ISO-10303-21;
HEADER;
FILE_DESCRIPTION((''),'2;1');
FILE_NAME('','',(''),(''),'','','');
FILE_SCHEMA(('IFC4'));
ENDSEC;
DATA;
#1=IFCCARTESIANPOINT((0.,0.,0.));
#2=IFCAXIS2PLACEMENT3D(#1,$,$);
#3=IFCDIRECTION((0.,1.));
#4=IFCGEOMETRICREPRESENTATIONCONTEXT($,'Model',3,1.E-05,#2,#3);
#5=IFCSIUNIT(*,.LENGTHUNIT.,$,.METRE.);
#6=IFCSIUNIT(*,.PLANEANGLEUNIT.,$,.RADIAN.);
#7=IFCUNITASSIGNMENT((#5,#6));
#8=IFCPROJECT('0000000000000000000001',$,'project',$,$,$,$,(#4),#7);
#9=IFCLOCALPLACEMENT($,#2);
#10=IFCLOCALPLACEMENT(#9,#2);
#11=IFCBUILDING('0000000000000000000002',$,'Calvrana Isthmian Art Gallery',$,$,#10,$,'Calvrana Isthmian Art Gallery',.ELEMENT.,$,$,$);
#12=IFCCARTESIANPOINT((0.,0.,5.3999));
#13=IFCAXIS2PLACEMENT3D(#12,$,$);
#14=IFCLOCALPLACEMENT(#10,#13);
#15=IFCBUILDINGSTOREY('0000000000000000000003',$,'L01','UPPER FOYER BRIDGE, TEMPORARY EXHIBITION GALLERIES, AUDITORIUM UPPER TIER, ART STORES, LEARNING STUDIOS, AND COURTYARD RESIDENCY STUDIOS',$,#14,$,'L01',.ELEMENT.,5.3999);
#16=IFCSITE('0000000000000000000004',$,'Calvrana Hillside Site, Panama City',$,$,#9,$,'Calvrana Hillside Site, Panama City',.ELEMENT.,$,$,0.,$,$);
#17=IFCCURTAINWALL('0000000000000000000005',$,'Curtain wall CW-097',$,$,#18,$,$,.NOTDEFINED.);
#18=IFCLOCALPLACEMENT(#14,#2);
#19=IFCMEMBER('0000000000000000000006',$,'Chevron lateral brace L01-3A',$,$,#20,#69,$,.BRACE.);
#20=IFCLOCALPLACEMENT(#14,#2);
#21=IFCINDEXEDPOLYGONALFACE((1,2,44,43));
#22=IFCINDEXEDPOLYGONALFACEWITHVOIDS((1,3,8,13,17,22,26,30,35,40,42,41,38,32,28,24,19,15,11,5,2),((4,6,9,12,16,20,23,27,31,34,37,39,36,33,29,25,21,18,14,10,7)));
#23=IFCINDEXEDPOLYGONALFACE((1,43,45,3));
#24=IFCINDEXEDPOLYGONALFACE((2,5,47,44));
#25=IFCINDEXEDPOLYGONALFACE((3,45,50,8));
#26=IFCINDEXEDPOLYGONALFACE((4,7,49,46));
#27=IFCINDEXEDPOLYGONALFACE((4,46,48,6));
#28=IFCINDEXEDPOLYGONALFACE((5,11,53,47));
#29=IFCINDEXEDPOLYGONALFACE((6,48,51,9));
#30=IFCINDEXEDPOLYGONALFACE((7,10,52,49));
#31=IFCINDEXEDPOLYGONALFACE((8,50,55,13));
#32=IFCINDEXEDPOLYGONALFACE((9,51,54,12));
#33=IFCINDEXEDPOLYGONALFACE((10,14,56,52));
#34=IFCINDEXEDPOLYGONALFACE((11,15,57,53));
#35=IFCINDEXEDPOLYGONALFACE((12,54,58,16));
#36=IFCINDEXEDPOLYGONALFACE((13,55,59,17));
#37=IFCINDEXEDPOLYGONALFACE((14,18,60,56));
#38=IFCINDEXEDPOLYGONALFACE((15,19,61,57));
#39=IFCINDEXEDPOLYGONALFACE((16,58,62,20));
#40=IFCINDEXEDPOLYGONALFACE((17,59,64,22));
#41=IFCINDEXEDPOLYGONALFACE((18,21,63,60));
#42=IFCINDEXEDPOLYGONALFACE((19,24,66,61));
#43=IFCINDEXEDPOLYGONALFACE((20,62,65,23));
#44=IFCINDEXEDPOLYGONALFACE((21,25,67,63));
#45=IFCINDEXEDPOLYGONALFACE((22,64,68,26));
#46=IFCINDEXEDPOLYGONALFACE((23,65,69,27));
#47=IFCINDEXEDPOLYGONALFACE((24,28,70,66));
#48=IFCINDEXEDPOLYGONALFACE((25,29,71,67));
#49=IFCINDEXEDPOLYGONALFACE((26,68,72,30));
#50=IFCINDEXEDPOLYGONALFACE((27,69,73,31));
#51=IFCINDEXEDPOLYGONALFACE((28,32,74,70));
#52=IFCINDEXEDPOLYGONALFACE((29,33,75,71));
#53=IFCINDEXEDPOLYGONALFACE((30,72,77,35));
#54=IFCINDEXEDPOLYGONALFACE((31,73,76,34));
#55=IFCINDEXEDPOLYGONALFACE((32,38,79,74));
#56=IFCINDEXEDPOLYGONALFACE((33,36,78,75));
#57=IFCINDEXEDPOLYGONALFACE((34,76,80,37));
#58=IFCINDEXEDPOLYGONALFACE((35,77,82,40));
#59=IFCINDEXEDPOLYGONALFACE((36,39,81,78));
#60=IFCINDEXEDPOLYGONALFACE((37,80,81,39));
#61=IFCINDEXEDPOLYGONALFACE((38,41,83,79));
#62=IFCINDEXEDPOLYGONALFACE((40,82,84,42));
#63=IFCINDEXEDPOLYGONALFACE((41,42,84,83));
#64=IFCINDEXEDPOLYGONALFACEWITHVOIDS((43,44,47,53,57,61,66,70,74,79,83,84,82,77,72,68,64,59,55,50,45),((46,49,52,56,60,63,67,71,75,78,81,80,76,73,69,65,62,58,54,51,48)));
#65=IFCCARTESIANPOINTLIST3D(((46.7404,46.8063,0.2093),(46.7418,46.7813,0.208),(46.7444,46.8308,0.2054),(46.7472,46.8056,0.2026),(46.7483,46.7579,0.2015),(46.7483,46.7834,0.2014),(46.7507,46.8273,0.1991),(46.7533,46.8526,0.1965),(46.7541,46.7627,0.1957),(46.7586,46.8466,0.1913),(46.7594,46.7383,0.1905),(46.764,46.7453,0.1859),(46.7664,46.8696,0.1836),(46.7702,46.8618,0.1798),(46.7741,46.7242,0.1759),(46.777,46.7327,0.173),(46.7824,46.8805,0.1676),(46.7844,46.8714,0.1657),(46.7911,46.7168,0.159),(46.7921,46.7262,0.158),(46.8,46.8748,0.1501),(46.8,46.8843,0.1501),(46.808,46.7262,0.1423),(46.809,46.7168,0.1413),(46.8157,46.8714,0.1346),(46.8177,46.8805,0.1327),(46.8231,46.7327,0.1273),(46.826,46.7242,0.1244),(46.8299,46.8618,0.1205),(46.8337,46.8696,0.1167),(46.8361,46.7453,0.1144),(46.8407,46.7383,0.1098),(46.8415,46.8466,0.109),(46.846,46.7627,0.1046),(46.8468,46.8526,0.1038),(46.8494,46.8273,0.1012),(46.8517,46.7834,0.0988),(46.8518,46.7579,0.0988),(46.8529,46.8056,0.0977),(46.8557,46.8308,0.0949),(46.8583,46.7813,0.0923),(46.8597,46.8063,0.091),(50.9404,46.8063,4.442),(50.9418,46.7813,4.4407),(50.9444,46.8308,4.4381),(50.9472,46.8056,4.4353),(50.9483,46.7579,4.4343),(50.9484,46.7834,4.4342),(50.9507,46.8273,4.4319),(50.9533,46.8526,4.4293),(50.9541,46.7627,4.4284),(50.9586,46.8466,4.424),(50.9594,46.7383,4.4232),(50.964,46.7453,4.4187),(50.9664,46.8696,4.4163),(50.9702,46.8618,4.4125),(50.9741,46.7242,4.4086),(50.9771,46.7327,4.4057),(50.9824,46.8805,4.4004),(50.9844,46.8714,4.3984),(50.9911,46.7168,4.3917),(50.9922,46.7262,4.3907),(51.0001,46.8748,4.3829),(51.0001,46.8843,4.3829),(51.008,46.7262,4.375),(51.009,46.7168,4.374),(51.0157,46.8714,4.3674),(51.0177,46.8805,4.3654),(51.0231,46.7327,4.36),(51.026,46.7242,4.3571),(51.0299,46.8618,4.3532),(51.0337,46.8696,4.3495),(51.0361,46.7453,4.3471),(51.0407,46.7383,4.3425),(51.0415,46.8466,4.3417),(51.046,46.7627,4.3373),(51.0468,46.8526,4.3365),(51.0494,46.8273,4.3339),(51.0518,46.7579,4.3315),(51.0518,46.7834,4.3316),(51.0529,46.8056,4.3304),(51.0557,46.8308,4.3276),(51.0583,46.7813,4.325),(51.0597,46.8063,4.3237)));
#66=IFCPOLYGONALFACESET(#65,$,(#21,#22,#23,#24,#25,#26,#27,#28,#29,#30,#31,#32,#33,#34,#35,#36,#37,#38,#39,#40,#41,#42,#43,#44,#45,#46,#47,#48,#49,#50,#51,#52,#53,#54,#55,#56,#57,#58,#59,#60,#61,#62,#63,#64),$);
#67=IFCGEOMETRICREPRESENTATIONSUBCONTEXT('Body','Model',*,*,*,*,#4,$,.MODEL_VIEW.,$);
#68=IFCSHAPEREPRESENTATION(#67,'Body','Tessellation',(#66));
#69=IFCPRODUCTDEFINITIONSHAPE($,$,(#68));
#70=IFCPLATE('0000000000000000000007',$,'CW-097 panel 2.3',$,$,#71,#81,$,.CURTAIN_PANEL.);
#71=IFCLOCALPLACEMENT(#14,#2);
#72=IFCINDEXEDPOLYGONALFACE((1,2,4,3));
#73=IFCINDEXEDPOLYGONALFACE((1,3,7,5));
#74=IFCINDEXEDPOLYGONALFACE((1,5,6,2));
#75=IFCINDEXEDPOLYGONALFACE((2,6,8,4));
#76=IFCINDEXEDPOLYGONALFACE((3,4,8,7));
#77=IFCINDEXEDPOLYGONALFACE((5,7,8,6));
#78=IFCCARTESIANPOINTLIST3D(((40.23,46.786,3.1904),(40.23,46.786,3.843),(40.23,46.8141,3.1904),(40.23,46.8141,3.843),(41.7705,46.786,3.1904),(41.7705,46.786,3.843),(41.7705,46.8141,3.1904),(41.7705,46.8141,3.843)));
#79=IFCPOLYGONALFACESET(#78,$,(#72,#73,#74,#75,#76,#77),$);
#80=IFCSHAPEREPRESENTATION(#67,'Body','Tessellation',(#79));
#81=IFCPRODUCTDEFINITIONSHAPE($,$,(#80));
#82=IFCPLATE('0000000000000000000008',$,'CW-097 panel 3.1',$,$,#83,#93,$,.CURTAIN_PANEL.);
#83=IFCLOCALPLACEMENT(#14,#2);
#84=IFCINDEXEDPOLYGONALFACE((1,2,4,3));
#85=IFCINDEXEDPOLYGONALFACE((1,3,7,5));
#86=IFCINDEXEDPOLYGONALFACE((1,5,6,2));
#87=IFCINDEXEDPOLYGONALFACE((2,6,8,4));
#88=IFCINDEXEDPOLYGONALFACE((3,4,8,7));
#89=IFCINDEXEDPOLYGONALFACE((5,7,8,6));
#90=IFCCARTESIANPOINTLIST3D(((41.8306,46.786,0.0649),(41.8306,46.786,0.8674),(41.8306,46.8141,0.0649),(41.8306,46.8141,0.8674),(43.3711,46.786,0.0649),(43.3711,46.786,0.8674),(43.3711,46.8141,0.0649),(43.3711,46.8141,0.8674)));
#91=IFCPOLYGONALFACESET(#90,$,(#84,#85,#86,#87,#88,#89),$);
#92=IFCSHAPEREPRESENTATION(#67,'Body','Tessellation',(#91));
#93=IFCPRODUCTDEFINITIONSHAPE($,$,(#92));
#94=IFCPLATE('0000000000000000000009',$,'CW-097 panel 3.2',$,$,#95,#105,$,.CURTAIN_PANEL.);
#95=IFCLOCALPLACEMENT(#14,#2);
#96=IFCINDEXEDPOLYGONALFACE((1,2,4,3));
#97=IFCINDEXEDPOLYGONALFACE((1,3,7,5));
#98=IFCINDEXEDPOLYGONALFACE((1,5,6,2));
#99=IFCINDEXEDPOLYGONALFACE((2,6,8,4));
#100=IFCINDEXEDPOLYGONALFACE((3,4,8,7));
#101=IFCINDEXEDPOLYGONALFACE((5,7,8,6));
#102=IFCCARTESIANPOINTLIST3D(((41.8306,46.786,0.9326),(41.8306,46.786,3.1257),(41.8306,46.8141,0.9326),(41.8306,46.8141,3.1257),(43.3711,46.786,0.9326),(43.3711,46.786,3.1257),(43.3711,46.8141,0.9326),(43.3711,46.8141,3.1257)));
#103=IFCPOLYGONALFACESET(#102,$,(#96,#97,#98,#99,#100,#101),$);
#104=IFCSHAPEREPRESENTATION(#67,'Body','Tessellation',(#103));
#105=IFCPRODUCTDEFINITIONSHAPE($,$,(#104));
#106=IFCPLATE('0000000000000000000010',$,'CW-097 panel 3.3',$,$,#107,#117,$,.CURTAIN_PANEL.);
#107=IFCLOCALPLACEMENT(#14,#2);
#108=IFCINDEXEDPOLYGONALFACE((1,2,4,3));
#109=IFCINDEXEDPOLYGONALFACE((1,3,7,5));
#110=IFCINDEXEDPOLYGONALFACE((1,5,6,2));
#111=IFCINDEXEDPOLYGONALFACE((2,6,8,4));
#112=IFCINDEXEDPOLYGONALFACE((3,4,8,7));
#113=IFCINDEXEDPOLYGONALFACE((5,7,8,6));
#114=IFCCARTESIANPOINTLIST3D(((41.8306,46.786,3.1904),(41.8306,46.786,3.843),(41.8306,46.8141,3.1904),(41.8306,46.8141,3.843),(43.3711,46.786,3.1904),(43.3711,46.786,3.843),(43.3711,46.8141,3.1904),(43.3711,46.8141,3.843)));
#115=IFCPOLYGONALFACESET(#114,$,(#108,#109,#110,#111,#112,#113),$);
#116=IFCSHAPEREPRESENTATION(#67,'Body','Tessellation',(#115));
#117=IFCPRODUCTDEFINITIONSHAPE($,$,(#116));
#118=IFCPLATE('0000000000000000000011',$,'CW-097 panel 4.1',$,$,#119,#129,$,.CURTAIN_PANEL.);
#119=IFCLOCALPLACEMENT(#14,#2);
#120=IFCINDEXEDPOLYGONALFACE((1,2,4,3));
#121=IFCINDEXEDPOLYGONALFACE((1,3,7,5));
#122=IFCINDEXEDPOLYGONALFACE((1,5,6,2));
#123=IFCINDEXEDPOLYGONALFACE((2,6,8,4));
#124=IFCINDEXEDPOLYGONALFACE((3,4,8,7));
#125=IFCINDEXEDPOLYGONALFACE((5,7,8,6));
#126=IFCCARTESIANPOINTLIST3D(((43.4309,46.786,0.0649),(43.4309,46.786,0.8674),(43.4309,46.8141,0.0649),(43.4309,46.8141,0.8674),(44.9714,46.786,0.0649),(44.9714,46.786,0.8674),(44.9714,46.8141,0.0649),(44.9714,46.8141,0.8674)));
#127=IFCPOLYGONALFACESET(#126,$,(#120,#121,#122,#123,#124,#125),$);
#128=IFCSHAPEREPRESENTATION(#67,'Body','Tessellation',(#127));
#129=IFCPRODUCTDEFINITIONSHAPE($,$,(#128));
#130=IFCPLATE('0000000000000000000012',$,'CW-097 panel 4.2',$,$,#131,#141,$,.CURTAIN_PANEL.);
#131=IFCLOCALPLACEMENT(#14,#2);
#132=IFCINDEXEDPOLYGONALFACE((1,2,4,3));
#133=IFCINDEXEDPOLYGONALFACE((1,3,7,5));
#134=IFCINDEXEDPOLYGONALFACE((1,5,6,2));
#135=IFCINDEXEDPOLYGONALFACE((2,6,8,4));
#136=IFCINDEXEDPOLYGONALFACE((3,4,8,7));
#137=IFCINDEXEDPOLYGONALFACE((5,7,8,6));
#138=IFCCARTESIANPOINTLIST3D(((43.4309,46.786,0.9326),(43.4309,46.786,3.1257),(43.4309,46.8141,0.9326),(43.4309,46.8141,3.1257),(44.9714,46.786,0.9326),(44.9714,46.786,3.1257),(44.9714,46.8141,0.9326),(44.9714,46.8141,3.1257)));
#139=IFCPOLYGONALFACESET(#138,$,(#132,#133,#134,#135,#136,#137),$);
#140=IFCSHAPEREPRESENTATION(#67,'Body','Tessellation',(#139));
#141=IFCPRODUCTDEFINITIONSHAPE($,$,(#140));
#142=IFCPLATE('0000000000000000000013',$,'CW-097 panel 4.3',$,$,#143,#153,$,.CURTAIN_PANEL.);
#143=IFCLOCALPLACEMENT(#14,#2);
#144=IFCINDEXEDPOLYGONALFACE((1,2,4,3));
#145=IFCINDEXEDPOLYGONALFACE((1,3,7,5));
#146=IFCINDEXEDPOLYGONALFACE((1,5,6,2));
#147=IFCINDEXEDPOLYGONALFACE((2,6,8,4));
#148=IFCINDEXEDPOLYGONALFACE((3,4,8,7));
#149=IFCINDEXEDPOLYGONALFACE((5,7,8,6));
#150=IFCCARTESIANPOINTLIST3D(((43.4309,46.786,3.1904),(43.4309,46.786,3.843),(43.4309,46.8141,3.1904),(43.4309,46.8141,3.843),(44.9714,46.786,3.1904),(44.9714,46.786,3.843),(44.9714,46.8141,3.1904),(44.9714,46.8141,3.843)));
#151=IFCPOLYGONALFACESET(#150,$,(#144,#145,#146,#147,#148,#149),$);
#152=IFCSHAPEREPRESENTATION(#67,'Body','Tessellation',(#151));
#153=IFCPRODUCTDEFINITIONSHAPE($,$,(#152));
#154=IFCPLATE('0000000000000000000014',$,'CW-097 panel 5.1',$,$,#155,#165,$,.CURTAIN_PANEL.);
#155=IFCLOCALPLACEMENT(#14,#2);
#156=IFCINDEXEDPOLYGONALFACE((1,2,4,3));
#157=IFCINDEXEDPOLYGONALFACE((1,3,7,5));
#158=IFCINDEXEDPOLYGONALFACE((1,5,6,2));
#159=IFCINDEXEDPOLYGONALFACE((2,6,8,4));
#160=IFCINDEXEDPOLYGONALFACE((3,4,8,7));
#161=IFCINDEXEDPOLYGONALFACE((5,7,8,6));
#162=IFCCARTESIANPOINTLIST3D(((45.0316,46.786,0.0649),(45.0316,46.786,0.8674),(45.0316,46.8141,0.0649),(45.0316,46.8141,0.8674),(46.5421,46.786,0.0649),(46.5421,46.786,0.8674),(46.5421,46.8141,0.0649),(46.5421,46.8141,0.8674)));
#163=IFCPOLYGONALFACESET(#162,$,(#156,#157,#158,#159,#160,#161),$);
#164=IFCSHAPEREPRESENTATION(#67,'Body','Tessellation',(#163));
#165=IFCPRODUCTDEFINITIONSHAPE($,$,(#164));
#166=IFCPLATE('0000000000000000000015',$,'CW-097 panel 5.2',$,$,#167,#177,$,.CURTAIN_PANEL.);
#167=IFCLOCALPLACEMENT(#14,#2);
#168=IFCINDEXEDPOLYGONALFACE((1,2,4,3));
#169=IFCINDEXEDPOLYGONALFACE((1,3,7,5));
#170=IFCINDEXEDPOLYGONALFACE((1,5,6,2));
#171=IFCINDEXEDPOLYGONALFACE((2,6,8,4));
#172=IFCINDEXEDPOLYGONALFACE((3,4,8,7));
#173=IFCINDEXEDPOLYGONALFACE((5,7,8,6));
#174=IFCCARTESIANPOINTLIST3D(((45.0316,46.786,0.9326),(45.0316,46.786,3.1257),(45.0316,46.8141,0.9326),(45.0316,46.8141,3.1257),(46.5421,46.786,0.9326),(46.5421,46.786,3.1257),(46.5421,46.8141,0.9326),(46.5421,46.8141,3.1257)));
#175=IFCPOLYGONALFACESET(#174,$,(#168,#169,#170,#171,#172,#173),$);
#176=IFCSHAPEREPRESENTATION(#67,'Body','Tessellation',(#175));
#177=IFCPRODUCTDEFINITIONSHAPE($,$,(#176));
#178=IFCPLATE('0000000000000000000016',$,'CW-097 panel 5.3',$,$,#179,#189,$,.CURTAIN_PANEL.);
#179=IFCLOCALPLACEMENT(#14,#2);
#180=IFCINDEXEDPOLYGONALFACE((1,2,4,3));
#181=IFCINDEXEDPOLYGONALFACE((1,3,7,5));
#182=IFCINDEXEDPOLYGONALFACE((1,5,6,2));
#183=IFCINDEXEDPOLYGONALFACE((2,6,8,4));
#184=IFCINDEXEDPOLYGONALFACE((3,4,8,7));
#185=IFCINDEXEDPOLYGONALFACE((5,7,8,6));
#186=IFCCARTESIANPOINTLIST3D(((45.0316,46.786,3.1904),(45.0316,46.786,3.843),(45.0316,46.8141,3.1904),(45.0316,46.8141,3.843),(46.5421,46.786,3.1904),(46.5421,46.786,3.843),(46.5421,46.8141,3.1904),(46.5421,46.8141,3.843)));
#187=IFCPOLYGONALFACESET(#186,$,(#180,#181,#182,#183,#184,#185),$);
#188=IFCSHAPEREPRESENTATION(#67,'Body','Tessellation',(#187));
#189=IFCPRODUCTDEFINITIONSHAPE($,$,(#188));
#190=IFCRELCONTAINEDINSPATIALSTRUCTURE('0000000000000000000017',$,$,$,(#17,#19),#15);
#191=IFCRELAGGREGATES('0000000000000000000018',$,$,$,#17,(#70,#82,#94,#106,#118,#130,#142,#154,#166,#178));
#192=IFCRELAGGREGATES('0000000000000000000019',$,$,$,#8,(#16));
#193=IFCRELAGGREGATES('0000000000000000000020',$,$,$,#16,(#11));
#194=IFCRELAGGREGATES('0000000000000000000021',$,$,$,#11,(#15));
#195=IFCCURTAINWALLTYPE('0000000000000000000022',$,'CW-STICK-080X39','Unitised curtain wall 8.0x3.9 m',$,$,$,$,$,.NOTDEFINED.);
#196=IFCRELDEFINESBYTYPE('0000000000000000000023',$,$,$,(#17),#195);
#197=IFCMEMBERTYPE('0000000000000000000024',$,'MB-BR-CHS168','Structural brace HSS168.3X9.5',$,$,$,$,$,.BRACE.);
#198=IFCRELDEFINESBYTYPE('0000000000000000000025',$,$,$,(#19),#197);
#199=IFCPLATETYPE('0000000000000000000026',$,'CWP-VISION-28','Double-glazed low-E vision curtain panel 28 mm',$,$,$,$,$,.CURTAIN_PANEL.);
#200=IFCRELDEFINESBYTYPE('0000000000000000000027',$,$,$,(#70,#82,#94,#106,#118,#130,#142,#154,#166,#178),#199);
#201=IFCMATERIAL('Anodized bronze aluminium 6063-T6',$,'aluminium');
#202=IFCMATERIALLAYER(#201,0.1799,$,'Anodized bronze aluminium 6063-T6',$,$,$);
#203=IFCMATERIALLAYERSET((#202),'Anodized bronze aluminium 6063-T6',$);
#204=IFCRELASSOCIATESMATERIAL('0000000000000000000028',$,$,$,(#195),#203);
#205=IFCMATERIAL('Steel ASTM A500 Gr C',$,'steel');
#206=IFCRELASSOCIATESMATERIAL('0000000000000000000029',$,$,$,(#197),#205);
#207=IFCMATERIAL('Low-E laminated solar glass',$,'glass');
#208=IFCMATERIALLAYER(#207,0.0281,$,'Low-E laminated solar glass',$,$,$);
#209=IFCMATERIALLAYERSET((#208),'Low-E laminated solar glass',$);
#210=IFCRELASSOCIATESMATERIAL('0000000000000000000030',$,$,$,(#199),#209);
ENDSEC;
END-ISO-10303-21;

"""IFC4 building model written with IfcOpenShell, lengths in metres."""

from ifc_helpers import new_model, si_unit, direction, frame, origin, origin_2d, place, context, subcontext, project, spatial, rectangle, hollow_circle, extrude, material, layer, layer_set, material_profile, profile_set, type_object, element, aggregate, save


model = new_model("IFC4")

# Units and contexts
model_context = context("Model", 3, precision=1e-05, world=origin(), true_north=direction((0.0, 1.0)))
body_context = subcontext(model_context, "Body", "Model", "MODEL_VIEW")
ifc_project = project(units=[si_unit("LENGTHUNIT", "METRE"), si_unit("PLANEANGLEUNIT", "RADIAN")], contexts=[model_context])

# Site, building, storey
site_placement = place(None, origin())
site = spatial("IfcSite", under=ifc_project, at=site_placement, Name="Calvrana Hillside Site, Panama City", LongName="Calvrana Hillside Site, Panama City", CompositionType="ELEMENT", RefElevation=0.0)
building_placement = place(site_placement, origin())
building = spatial("IfcBuilding", under=site, at=building_placement, Name="Calvrana Isthmian Art Gallery", LongName="Calvrana Isthmian Art Gallery", CompositionType="ELEMENT")
storey_placement = place(building_placement, frame((0.0, 0.0, 5.3999)))
storey = spatial("IfcBuildingStorey", under=building, at=storey_placement, Name="L01", Description="UPPER FOYER BRIDGE, TEMPORARY EXHIBITION GALLERIES, AUDITORIUM UPPER TIER, ART STORES, LEARNING STUDIOS, AND COURTYARD RESIDENCY STUDIOS", LongName="L01", CompositionType="ELEMENT", Elevation=5.3999)

# Curtain wall
ifc_material_1 = material(Name="Anodized bronze aluminium 6063-T6", Category="aluminium")
ifc_layer_1 = layer(ifc_material_1, 0.1799, Name="Anodized bronze aluminium 6063-T6")
ifc_layer_set_1 = layer_set([ifc_layer_1], Name="Anodized bronze aluminium 6063-T6")
curtain_wall_type = type_object("IfcCurtainWallType", Name="CW-STICK-080X39", Description="Unitised curtain wall 8.0x3.9 m", PredefinedType="NOTDEFINED", material=ifc_layer_set_1)
curtain_wall_placement = place(storey_placement, origin())
curtain_wall = element("IfcCurtainWall", 1, at=curtain_wall_placement, inside=storey, type_object=curtain_wall_type, Name="Curtain wall CW-097", PredefinedType="NOTDEFINED")

# Member
ifc_material_2 = material(Name="Steel ASTM A500 Gr C", Category="steel")
ifc_material_profile_1 = material_profile(ifc_material_2, hollow_circle(Radius=0.0842, WallThickness=0.0095, at=origin_2d()), Name="HSS168.3X9.5")
ifc_profile_set_1 = profile_set([ifc_material_profile_1], Name="Steel ASTM A500 Gr C")
member_type_1 = type_object("IfcMemberType", Name="MB-BR-CHS168", Description="Structural brace HSS168.3X9.5", PredefinedType="BRACE", material=ifc_profile_set_1)
member_1_placement = place(storey_placement, frame((46.8, 46.8, 0.1501), z_axis=(0.704358, 0.0, 0.709845), x_axis=(0.0, 1.0, 0.0)))
element("IfcMember", 2, at=member_1_placement, inside=storey, type_object=member_type_1, Name="Chevron lateral brace L01-3A", PredefinedType="BRACE", context=body_context, shape_type="SweptSolid", body=[
    extrude(hollow_circle(Radius=0.0842, WallThickness=0.0095, at=origin_2d()), origin(), (0.0, 0.0, 1.0), 5.9629),
])

# Plates
ifc_material_3 = material(Name="Low-E laminated solar glass", Category="glass")
ifc_layer_2 = layer(ifc_material_3, 0.0281, Name="Low-E laminated solar glass")
ifc_layer_set_2 = layer_set([ifc_layer_2], Name="Low-E laminated solar glass")
plate_type_1 = type_object("IfcPlateType", Name="CWP-VISION-28", Description="Double-glazed low-E vision curtain panel 28 mm", PredefinedType="CURTAIN_PANEL", material=ifc_layer_set_2)
plate_1_placement = place(storey_placement, frame((41.0002, 46.8, 3.1904), z_axis=(0.0, 0.0, 1.0), x_axis=(1.0, 0.0, 0.0)))
plate_1 = element("IfcPlate", 3, at=plate_1_placement, type_object=plate_type_1, Name="CW-097 panel 2.3", PredefinedType="CURTAIN_PANEL", context=body_context, shape_type="SweptSolid", body=[
    extrude(rectangle(XDim=1.5405, YDim=0.0281, at=origin_2d()), origin(), (0.0, 0.0, 1.0), 0.6526),
])
plate_2_placement = place(storey_placement, frame((42.6008, 46.8, 0.0649), z_axis=(0.0, 0.0, 1.0), x_axis=(1.0, 0.0, 0.0)))
plate_2 = element("IfcPlate", 4, at=plate_2_placement, type_object=plate_type_1, Name="CW-097 panel 3.1", PredefinedType="CURTAIN_PANEL", context=body_context, shape_type="SweptSolid", body=[
    extrude(rectangle(XDim=1.5405, YDim=0.0281, at=origin_2d()), origin(), (0.0, 0.0, 1.0), 0.8025),
])
plate_3_placement = place(storey_placement, frame((42.6008, 46.8, 0.9326), z_axis=(0.0, 0.0, 1.0), x_axis=(1.0, 0.0, 0.0)))
plate_3 = element("IfcPlate", 5, at=plate_3_placement, type_object=plate_type_1, Name="CW-097 panel 3.2", PredefinedType="CURTAIN_PANEL", context=body_context, shape_type="SweptSolid", body=[
    extrude(rectangle(XDim=1.5405, YDim=0.0281, at=origin_2d()), origin(), (0.0, 0.0, 1.0), 2.1931),
])
plate_4_placement = place(storey_placement, frame((42.6008, 46.8, 3.1904), z_axis=(0.0, 0.0, 1.0), x_axis=(1.0, 0.0, 0.0)))
plate_4 = element("IfcPlate", 6, at=plate_4_placement, type_object=plate_type_1, Name="CW-097 panel 3.3", PredefinedType="CURTAIN_PANEL", context=body_context, shape_type="SweptSolid", body=[
    extrude(rectangle(XDim=1.5405, YDim=0.0281, at=origin_2d()), origin(), (0.0, 0.0, 1.0), 0.6526),
])
plate_5_placement = place(storey_placement, frame((44.2012, 46.8, 0.0649), z_axis=(0.0, 0.0, 1.0), x_axis=(1.0, 0.0, 0.0)))
plate_5 = element("IfcPlate", 7, at=plate_5_placement, type_object=plate_type_1, Name="CW-097 panel 4.1", PredefinedType="CURTAIN_PANEL", context=body_context, shape_type="SweptSolid", body=[
    extrude(rectangle(XDim=1.5405, YDim=0.0281, at=origin_2d()), origin(), (0.0, 0.0, 1.0), 0.8025),
])
plate_6_placement = place(storey_placement, frame((44.2012, 46.8, 0.9326), z_axis=(0.0, 0.0, 1.0), x_axis=(1.0, 0.0, 0.0)))
plate_6 = element("IfcPlate", 8, at=plate_6_placement, type_object=plate_type_1, Name="CW-097 panel 4.2", PredefinedType="CURTAIN_PANEL", context=body_context, shape_type="SweptSolid", body=[
    extrude(rectangle(XDim=1.5405, YDim=0.0281, at=origin_2d()), origin(), (0.0, 0.0, 1.0), 2.1931),
])
plate_7_placement = place(storey_placement, frame((44.2012, 46.8, 3.1904), z_axis=(0.0, 0.0, 1.0), x_axis=(1.0, 0.0, 0.0)))
plate_7 = element("IfcPlate", 9, at=plate_7_placement, type_object=plate_type_1, Name="CW-097 panel 4.3", PredefinedType="CURTAIN_PANEL", context=body_context, shape_type="SweptSolid", body=[
    extrude(rectangle(XDim=1.5405, YDim=0.0281, at=origin_2d()), origin(), (0.0, 0.0, 1.0), 0.6526),
])
plate_8_placement = place(storey_placement, frame((45.7869, 46.8, 0.0649), z_axis=(0.0, 0.0, 1.0), x_axis=(1.0, 0.0, 0.0)))
plate_8 = element("IfcPlate", 10, at=plate_8_placement, type_object=plate_type_1, Name="CW-097 panel 5.1", PredefinedType="CURTAIN_PANEL", context=body_context, shape_type="SweptSolid", body=[
    extrude(rectangle(XDim=1.5105, YDim=0.0281, at=origin_2d()), origin(), (0.0, 0.0, 1.0), 0.8025),
])
plate_9_placement = place(storey_placement, frame((45.7869, 46.8, 0.9326), z_axis=(0.0, 0.0, 1.0), x_axis=(1.0, 0.0, 0.0)))
plate_9 = element("IfcPlate", 11, at=plate_9_placement, type_object=plate_type_1, Name="CW-097 panel 5.2", PredefinedType="CURTAIN_PANEL", context=body_context, shape_type="SweptSolid", body=[
    extrude(rectangle(XDim=1.5105, YDim=0.0281, at=origin_2d()), origin(), (0.0, 0.0, 1.0), 2.1931),
])
plate_10_placement = place(storey_placement, frame((45.7869, 46.8, 3.1904), z_axis=(0.0, 0.0, 1.0), x_axis=(1.0, 0.0, 0.0)))
plate_10 = element("IfcPlate", 12, at=plate_10_placement, type_object=plate_type_1, Name="CW-097 panel 5.3", PredefinedType="CURTAIN_PANEL", context=body_context, shape_type="SweptSolid", body=[
    extrude(rectangle(XDim=1.5105, YDim=0.0281, at=origin_2d()), origin(), (0.0, 0.0, 1.0), 0.6526),
])
aggregate(curtain_wall, [plate_1, plate_2, plate_3, plate_4, plate_5, plate_6, plate_7, plate_8, plate_9, plate_10])

save(model, "model.ifc")
